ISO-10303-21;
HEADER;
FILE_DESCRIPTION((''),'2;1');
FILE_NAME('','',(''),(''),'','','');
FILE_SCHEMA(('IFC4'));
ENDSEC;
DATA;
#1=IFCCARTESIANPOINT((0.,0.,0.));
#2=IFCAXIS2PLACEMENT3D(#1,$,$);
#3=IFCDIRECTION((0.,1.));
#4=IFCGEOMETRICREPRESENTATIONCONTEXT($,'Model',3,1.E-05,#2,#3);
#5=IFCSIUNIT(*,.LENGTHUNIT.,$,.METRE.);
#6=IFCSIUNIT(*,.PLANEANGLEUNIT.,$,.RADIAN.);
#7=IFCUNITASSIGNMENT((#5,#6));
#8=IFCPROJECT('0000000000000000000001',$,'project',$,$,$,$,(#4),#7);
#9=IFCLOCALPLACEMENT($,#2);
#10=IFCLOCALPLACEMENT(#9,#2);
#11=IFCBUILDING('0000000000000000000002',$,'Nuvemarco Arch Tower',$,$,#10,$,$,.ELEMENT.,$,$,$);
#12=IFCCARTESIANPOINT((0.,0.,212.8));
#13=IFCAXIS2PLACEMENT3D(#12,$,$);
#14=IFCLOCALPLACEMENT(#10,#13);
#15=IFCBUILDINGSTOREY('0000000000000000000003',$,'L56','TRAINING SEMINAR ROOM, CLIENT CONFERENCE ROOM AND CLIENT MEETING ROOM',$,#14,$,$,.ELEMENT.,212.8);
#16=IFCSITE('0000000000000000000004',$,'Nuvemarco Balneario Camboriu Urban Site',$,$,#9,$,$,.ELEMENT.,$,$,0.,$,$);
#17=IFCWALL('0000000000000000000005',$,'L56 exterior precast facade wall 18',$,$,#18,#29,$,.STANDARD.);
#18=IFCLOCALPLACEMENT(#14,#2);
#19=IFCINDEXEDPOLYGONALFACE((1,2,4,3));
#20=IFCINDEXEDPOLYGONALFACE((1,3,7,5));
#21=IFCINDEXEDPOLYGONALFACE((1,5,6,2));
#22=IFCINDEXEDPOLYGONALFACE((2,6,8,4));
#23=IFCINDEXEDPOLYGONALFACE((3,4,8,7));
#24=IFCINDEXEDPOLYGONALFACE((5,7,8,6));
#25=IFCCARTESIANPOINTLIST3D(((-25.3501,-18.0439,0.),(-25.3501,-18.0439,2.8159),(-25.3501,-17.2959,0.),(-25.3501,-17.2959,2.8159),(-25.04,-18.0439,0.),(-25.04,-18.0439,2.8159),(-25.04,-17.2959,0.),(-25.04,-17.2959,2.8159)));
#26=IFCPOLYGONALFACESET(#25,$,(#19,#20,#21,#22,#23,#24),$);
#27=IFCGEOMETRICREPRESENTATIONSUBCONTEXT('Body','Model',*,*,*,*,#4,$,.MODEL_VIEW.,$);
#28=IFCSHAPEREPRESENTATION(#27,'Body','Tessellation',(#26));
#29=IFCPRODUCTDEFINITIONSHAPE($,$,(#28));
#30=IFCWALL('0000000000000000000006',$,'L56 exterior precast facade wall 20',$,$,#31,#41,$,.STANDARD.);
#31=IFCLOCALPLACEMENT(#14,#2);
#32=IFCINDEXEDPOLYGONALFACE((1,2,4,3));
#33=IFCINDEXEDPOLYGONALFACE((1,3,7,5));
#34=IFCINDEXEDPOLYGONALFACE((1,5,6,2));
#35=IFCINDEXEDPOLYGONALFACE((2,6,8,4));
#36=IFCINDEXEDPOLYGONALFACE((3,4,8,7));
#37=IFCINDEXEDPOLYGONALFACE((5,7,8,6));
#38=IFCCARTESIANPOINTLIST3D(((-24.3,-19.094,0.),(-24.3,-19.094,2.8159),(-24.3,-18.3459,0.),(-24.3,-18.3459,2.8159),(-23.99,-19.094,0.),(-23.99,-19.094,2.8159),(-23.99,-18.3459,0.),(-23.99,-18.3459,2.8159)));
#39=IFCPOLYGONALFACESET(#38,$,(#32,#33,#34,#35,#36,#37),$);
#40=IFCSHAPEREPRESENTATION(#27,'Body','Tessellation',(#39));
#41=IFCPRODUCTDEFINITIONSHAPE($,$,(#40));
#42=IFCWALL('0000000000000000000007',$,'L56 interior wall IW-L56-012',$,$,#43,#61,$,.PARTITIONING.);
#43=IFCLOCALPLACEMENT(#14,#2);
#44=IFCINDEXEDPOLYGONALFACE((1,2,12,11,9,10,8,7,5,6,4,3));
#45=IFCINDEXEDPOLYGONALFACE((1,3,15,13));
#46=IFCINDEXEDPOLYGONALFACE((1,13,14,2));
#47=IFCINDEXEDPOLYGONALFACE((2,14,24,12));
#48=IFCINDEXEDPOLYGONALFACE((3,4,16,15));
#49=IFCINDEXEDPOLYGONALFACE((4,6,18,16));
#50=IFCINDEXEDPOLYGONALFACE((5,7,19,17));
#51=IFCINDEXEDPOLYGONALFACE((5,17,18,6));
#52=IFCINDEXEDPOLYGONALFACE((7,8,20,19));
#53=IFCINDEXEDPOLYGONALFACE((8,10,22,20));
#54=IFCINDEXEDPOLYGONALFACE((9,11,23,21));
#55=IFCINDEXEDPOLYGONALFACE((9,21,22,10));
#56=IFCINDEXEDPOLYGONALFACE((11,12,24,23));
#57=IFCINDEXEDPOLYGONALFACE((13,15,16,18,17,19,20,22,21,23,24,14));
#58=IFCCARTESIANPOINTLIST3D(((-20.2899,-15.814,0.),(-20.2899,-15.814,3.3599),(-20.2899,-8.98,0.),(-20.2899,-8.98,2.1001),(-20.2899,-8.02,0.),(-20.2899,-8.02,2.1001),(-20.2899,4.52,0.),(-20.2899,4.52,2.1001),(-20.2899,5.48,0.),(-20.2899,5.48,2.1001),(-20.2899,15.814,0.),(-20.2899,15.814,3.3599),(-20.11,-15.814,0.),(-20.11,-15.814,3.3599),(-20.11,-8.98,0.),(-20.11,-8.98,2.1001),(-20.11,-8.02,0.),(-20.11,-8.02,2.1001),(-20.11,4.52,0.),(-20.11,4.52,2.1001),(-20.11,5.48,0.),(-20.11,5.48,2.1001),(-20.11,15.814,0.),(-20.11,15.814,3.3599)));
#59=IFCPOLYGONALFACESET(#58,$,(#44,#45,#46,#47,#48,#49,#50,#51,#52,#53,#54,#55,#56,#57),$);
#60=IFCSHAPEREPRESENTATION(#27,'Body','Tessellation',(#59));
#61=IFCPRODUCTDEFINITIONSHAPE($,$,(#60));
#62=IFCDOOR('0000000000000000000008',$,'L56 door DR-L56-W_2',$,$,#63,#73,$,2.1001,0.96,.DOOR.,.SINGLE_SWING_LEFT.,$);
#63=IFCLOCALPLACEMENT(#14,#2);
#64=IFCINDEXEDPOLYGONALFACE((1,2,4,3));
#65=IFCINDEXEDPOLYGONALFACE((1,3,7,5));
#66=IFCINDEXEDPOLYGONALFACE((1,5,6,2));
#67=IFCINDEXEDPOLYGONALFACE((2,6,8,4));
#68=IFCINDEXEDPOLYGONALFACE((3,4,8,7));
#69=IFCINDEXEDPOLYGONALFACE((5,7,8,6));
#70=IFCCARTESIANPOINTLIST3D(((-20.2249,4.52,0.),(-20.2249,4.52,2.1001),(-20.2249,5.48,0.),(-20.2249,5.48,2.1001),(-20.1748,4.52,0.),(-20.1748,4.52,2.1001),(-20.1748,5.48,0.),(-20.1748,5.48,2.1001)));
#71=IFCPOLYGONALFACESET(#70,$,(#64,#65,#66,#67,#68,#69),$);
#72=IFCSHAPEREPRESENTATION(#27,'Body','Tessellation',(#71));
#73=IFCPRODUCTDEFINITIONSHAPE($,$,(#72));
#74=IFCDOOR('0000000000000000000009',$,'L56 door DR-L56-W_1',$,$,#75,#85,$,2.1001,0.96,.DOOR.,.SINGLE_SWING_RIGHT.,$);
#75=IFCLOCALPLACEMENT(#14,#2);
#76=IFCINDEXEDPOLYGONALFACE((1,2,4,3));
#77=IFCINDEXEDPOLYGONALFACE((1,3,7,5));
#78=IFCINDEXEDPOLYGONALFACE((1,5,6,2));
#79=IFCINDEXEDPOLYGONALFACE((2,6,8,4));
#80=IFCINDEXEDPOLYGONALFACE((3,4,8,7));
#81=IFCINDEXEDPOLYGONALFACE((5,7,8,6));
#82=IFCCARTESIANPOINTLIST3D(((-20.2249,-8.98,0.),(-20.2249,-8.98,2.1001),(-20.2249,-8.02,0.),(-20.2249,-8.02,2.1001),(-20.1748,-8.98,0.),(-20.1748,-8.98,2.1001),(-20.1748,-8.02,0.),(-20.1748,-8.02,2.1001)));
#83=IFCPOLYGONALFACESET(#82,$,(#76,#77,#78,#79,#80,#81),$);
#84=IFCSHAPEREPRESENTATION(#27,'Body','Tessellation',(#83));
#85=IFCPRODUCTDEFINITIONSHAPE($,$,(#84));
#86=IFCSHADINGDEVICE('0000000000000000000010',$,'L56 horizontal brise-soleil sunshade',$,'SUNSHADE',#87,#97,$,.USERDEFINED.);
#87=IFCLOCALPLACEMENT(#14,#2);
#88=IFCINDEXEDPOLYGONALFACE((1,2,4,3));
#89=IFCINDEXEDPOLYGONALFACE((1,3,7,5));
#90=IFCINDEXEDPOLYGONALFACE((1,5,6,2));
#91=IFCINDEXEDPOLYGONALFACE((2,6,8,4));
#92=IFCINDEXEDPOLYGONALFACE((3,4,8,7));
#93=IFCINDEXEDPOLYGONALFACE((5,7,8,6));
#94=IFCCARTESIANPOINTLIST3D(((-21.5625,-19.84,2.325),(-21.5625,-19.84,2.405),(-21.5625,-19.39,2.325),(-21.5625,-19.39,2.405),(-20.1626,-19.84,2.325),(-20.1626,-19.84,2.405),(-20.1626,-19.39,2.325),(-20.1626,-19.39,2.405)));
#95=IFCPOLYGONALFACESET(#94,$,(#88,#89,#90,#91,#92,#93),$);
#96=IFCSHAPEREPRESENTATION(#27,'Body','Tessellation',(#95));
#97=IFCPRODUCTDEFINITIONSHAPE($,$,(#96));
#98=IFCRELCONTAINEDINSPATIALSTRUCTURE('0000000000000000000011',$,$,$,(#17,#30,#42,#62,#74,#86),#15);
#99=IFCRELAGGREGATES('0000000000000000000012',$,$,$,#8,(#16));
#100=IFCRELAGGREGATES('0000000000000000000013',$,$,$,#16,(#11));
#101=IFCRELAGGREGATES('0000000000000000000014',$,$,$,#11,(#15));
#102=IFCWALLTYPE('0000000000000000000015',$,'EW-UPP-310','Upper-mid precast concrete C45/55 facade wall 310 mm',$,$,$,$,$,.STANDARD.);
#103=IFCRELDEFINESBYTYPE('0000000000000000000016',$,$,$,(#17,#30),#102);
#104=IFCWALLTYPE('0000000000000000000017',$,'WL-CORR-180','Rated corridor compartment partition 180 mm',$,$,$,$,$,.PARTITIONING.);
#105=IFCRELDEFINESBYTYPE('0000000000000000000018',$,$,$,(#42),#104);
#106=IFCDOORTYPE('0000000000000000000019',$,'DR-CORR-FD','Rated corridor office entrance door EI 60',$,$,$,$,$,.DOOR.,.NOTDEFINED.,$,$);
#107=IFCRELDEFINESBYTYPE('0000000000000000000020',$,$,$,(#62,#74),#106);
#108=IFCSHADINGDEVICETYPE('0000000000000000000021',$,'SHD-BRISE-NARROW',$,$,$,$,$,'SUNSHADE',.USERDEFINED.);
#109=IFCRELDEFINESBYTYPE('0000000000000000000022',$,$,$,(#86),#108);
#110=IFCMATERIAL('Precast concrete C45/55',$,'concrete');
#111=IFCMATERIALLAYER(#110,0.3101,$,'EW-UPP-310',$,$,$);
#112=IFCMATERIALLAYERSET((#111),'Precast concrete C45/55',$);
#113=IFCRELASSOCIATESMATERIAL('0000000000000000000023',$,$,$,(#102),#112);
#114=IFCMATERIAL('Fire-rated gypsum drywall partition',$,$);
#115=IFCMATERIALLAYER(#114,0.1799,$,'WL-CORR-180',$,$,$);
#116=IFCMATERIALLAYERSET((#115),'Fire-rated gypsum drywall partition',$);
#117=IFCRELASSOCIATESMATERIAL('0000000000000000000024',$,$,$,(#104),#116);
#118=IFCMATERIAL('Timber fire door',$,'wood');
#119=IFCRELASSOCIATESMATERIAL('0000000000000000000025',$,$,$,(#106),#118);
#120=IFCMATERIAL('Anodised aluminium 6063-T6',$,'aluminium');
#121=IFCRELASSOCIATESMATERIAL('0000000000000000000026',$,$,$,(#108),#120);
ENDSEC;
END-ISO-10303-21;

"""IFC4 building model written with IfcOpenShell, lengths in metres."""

from ifc_helpers import new_model, si_unit, direction, frame, frame_2d, origin, origin_2d, place, context, subcontext, project, spatial, rectangle, extrude, source, transform, mapped, material, layer, layer_set, type_object, type_shapes, element, fill, save


model = new_model("IFC4")

# Units and contexts
model_context = context("Model", 3, precision=1e-05, world=origin(), true_north=direction((0.0, 1.0)))
body_context = subcontext(model_context, "Body", "Model", "MODEL_VIEW")
ifc_project = project(units=[si_unit("LENGTHUNIT", "METRE"), si_unit("PLANEANGLEUNIT", "RADIAN")], contexts=[model_context])

# Site, building, storey
site_placement = place(None, origin())
site = spatial("IfcSite", under=ifc_project, at=site_placement, Name="Nuvemarco Balneario Camboriu Urban Site", CompositionType="ELEMENT", RefElevation=0.0)
building_placement = place(site_placement, origin())
building = spatial("IfcBuilding", under=site, at=building_placement, Name="Nuvemarco Arch Tower", CompositionType="ELEMENT")
storey_placement = place(building_placement, frame((0.0, 0.0, 212.8)))
storey = spatial("IfcBuildingStorey", under=building, at=storey_placement, Name="L56", Description="TRAINING SEMINAR ROOM, CLIENT CONFERENCE ROOM AND CLIENT MEETING ROOM", CompositionType="ELEMENT", Elevation=212.8)

# Shared definitions
ifc_material_1 = material(Name="Precast concrete C45/55", Category="concrete")
ifc_layer_1 = layer(ifc_material_1, 0.3101, Name="EW-UPP-310")
ifc_layer_set_1 = layer_set([ifc_layer_1], Name="Precast concrete C45/55")
wall_type_1 = type_object("IfcWallType", Name="EW-UPP-310", Description="Upper-mid precast concrete C45/55 facade wall 310 mm", PredefinedType="STANDARD", material=ifc_layer_set_1)

# Walls
for number, where, z_axis, x_axis, name in (
    (1, (-25.1951, -18.0439, 0.0), (0.0, 0.0, 1.0), (0.0, 1.0, 0.0), "L56 exterior precast facade wall 18"),
    (2, (-24.145, -19.094, 0.0), (0.0, 0.0, 1.0), (0.0, 1.0, 0.0), "L56 exterior precast facade wall 20"),
):
    element("IfcWall", number, at=place(storey_placement, frame(where, z_axis=z_axis, x_axis=x_axis)), inside=storey, type_object=wall_type_1, Name=name, PredefinedType="STANDARD", context=body_context, shape_type="SweptSolid", body=[
        extrude(rectangle(XDim=0.748, YDim=0.3101, at=frame_2d((0.374, 0.0))), origin(), (0.0, 0.0, 1.0), 2.8159),
    ])

# Wall, openings, doors
ifc_material_2 = material(Name="Fire-rated gypsum drywall partition")
ifc_layer_2 = layer(ifc_material_2, 0.1799, Name="WL-CORR-180")
ifc_layer_set_2 = layer_set([ifc_layer_2], Name="Fire-rated gypsum drywall partition")
wall_type_2 = type_object("IfcWallType", Name="WL-CORR-180", Description="Rated corridor compartment partition 180 mm", PredefinedType="PARTITIONING", material=ifc_layer_set_2)
wall_1_placement = place(storey_placement, frame((-20.2, -15.814, 0.0), z_axis=(0.0, 0.0, 1.0), x_axis=(0.0, 1.0, 0.0)))
wall_1 = element("IfcWall", 3, at=wall_1_placement, inside=storey, type_object=wall_type_2, Name="L56 interior wall IW-L56-012", PredefinedType="PARTITIONING", context=body_context, shape_type="SweptSolid", body=[
    extrude(rectangle(XDim=31.6279, YDim=0.1799, at=frame_2d((15.814, 0.0))), origin(), (0.0, 0.0, 1.0), 3.3599),
])
opening_1_placement = place(wall_1_placement, frame((20.334, 0.0, 0.0)))
opening_1 = element("IfcOpeningElement", 4, at=opening_1_placement, cuts=wall_1, PredefinedType="OPENING", context=body_context, shape_type="SweptSolid", body=[
    extrude(rectangle(XDim=0.96, YDim=2.1001, at=frame_2d((0.48, 1.05))), frame((0.0, 0.0999, 0.0), z_axis=(0.0, -1.0, 0.0), x_axis=(1.0, 0.0, 0.0)), (0.0, 0.0, 1.0), 0.2),
])
opening_2_placement = place(wall_1_placement, frame((6.834, 0.0, 0.0)))
opening_2 = element("IfcOpeningElement", 5, at=opening_2_placement, cuts=wall_1, PredefinedType="OPENING", context=body_context, shape_type="SweptSolid", body=[
    extrude(rectangle(XDim=0.96, YDim=2.1001, at=frame_2d((0.48, 1.05))), frame((0.0, 0.0999, 0.0), z_axis=(0.0, -1.0, 0.0), x_axis=(1.0, 0.0, 0.0)), (0.0, 0.0, 1.0), 0.2),
])
ifc_material_3 = material(Name="Timber fire door", Category="wood")
door_type = type_object("IfcDoorType", Name="DR-CORR-FD", Description="Rated corridor office entrance door EI 60", OperationType="NOTDEFINED", PredefinedType="DOOR", material=ifc_material_3)
shared_shape_1 = source(origin(), body_context, "Body", "SweptSolid", [
    extrude(rectangle(XDim=0.96, YDim=2.1001, at=frame_2d((0.48, 1.05))), frame((0.0, 0.0249, 0.0), z_axis=(0.0, -1.0, 0.0), x_axis=(1.0, 0.0, 0.0)), (0.0, 0.0, 1.0), 0.05),
])
type_shapes(door_type, [shared_shape_1])
door_1_placement = place(opening_1_placement, origin())
door_1 = element("IfcDoor", 6, at=door_1_placement, inside=storey, type_object=door_type, Name="L56 door DR-L56-W_2", OperationType="SINGLE_SWING_LEFT", OverallHeight=2.1001, OverallWidth=0.96, PredefinedType="DOOR", context=body_context, shape_type="MappedRepresentation", body=[
    mapped(shared_shape_1, transform((0.0, 0.0, 0.0), scale=1.0)),
])
fill(opening_1, door_1)
door_2_placement = place(opening_2_placement, origin())
door_2 = element("IfcDoor", 7, at=door_2_placement, inside=storey, type_object=door_type, Name="L56 door DR-L56-W_1", OperationType="SINGLE_SWING_RIGHT", OverallHeight=2.1001, OverallWidth=0.96, PredefinedType="DOOR", context=body_context, shape_type="MappedRepresentation", body=[
    mapped(shared_shape_1, transform((0.0, 0.0, 0.0), scale=1.0)),
])
fill(opening_2, door_2)

# Shading device
ifc_material_4 = material(Name="Anodised aluminium 6063-T6", Category="aluminium")
shading_device_type = type_object("IfcShadingDeviceType", Name="SHD-BRISE-NARROW", ElementType="SUNSHADE", PredefinedType="USERDEFINED", material=ifc_material_4)
shared_shape_2 = source(origin(), body_context, "Body", "SweptSolid", [
    extrude(rectangle(XDim=1.3999, YDim=0.45, at=origin_2d()), origin(), (0.0, 0.0, 1.0), 0.0801),
])
type_shapes(shading_device_type, [shared_shape_2])
shading_device_placement = place(storey_placement, frame((-20.8625, -19.615, 2.325), z_axis=(0.0, 0.0, 1.0), x_axis=(1.0, 0.0, 0.0)))
element("IfcShadingDevice", 8, at=shading_device_placement, inside=storey, type_object=shading_device_type, Name="L56 horizontal brise-soleil sunshade", ObjectType="SUNSHADE", PredefinedType="USERDEFINED", context=body_context, shape_type="MappedRepresentation", body=[
    mapped(shared_shape_2, transform((0.0, 0.0, 0.0), scale=1.0)),
])

save(model, "model.ifc")
